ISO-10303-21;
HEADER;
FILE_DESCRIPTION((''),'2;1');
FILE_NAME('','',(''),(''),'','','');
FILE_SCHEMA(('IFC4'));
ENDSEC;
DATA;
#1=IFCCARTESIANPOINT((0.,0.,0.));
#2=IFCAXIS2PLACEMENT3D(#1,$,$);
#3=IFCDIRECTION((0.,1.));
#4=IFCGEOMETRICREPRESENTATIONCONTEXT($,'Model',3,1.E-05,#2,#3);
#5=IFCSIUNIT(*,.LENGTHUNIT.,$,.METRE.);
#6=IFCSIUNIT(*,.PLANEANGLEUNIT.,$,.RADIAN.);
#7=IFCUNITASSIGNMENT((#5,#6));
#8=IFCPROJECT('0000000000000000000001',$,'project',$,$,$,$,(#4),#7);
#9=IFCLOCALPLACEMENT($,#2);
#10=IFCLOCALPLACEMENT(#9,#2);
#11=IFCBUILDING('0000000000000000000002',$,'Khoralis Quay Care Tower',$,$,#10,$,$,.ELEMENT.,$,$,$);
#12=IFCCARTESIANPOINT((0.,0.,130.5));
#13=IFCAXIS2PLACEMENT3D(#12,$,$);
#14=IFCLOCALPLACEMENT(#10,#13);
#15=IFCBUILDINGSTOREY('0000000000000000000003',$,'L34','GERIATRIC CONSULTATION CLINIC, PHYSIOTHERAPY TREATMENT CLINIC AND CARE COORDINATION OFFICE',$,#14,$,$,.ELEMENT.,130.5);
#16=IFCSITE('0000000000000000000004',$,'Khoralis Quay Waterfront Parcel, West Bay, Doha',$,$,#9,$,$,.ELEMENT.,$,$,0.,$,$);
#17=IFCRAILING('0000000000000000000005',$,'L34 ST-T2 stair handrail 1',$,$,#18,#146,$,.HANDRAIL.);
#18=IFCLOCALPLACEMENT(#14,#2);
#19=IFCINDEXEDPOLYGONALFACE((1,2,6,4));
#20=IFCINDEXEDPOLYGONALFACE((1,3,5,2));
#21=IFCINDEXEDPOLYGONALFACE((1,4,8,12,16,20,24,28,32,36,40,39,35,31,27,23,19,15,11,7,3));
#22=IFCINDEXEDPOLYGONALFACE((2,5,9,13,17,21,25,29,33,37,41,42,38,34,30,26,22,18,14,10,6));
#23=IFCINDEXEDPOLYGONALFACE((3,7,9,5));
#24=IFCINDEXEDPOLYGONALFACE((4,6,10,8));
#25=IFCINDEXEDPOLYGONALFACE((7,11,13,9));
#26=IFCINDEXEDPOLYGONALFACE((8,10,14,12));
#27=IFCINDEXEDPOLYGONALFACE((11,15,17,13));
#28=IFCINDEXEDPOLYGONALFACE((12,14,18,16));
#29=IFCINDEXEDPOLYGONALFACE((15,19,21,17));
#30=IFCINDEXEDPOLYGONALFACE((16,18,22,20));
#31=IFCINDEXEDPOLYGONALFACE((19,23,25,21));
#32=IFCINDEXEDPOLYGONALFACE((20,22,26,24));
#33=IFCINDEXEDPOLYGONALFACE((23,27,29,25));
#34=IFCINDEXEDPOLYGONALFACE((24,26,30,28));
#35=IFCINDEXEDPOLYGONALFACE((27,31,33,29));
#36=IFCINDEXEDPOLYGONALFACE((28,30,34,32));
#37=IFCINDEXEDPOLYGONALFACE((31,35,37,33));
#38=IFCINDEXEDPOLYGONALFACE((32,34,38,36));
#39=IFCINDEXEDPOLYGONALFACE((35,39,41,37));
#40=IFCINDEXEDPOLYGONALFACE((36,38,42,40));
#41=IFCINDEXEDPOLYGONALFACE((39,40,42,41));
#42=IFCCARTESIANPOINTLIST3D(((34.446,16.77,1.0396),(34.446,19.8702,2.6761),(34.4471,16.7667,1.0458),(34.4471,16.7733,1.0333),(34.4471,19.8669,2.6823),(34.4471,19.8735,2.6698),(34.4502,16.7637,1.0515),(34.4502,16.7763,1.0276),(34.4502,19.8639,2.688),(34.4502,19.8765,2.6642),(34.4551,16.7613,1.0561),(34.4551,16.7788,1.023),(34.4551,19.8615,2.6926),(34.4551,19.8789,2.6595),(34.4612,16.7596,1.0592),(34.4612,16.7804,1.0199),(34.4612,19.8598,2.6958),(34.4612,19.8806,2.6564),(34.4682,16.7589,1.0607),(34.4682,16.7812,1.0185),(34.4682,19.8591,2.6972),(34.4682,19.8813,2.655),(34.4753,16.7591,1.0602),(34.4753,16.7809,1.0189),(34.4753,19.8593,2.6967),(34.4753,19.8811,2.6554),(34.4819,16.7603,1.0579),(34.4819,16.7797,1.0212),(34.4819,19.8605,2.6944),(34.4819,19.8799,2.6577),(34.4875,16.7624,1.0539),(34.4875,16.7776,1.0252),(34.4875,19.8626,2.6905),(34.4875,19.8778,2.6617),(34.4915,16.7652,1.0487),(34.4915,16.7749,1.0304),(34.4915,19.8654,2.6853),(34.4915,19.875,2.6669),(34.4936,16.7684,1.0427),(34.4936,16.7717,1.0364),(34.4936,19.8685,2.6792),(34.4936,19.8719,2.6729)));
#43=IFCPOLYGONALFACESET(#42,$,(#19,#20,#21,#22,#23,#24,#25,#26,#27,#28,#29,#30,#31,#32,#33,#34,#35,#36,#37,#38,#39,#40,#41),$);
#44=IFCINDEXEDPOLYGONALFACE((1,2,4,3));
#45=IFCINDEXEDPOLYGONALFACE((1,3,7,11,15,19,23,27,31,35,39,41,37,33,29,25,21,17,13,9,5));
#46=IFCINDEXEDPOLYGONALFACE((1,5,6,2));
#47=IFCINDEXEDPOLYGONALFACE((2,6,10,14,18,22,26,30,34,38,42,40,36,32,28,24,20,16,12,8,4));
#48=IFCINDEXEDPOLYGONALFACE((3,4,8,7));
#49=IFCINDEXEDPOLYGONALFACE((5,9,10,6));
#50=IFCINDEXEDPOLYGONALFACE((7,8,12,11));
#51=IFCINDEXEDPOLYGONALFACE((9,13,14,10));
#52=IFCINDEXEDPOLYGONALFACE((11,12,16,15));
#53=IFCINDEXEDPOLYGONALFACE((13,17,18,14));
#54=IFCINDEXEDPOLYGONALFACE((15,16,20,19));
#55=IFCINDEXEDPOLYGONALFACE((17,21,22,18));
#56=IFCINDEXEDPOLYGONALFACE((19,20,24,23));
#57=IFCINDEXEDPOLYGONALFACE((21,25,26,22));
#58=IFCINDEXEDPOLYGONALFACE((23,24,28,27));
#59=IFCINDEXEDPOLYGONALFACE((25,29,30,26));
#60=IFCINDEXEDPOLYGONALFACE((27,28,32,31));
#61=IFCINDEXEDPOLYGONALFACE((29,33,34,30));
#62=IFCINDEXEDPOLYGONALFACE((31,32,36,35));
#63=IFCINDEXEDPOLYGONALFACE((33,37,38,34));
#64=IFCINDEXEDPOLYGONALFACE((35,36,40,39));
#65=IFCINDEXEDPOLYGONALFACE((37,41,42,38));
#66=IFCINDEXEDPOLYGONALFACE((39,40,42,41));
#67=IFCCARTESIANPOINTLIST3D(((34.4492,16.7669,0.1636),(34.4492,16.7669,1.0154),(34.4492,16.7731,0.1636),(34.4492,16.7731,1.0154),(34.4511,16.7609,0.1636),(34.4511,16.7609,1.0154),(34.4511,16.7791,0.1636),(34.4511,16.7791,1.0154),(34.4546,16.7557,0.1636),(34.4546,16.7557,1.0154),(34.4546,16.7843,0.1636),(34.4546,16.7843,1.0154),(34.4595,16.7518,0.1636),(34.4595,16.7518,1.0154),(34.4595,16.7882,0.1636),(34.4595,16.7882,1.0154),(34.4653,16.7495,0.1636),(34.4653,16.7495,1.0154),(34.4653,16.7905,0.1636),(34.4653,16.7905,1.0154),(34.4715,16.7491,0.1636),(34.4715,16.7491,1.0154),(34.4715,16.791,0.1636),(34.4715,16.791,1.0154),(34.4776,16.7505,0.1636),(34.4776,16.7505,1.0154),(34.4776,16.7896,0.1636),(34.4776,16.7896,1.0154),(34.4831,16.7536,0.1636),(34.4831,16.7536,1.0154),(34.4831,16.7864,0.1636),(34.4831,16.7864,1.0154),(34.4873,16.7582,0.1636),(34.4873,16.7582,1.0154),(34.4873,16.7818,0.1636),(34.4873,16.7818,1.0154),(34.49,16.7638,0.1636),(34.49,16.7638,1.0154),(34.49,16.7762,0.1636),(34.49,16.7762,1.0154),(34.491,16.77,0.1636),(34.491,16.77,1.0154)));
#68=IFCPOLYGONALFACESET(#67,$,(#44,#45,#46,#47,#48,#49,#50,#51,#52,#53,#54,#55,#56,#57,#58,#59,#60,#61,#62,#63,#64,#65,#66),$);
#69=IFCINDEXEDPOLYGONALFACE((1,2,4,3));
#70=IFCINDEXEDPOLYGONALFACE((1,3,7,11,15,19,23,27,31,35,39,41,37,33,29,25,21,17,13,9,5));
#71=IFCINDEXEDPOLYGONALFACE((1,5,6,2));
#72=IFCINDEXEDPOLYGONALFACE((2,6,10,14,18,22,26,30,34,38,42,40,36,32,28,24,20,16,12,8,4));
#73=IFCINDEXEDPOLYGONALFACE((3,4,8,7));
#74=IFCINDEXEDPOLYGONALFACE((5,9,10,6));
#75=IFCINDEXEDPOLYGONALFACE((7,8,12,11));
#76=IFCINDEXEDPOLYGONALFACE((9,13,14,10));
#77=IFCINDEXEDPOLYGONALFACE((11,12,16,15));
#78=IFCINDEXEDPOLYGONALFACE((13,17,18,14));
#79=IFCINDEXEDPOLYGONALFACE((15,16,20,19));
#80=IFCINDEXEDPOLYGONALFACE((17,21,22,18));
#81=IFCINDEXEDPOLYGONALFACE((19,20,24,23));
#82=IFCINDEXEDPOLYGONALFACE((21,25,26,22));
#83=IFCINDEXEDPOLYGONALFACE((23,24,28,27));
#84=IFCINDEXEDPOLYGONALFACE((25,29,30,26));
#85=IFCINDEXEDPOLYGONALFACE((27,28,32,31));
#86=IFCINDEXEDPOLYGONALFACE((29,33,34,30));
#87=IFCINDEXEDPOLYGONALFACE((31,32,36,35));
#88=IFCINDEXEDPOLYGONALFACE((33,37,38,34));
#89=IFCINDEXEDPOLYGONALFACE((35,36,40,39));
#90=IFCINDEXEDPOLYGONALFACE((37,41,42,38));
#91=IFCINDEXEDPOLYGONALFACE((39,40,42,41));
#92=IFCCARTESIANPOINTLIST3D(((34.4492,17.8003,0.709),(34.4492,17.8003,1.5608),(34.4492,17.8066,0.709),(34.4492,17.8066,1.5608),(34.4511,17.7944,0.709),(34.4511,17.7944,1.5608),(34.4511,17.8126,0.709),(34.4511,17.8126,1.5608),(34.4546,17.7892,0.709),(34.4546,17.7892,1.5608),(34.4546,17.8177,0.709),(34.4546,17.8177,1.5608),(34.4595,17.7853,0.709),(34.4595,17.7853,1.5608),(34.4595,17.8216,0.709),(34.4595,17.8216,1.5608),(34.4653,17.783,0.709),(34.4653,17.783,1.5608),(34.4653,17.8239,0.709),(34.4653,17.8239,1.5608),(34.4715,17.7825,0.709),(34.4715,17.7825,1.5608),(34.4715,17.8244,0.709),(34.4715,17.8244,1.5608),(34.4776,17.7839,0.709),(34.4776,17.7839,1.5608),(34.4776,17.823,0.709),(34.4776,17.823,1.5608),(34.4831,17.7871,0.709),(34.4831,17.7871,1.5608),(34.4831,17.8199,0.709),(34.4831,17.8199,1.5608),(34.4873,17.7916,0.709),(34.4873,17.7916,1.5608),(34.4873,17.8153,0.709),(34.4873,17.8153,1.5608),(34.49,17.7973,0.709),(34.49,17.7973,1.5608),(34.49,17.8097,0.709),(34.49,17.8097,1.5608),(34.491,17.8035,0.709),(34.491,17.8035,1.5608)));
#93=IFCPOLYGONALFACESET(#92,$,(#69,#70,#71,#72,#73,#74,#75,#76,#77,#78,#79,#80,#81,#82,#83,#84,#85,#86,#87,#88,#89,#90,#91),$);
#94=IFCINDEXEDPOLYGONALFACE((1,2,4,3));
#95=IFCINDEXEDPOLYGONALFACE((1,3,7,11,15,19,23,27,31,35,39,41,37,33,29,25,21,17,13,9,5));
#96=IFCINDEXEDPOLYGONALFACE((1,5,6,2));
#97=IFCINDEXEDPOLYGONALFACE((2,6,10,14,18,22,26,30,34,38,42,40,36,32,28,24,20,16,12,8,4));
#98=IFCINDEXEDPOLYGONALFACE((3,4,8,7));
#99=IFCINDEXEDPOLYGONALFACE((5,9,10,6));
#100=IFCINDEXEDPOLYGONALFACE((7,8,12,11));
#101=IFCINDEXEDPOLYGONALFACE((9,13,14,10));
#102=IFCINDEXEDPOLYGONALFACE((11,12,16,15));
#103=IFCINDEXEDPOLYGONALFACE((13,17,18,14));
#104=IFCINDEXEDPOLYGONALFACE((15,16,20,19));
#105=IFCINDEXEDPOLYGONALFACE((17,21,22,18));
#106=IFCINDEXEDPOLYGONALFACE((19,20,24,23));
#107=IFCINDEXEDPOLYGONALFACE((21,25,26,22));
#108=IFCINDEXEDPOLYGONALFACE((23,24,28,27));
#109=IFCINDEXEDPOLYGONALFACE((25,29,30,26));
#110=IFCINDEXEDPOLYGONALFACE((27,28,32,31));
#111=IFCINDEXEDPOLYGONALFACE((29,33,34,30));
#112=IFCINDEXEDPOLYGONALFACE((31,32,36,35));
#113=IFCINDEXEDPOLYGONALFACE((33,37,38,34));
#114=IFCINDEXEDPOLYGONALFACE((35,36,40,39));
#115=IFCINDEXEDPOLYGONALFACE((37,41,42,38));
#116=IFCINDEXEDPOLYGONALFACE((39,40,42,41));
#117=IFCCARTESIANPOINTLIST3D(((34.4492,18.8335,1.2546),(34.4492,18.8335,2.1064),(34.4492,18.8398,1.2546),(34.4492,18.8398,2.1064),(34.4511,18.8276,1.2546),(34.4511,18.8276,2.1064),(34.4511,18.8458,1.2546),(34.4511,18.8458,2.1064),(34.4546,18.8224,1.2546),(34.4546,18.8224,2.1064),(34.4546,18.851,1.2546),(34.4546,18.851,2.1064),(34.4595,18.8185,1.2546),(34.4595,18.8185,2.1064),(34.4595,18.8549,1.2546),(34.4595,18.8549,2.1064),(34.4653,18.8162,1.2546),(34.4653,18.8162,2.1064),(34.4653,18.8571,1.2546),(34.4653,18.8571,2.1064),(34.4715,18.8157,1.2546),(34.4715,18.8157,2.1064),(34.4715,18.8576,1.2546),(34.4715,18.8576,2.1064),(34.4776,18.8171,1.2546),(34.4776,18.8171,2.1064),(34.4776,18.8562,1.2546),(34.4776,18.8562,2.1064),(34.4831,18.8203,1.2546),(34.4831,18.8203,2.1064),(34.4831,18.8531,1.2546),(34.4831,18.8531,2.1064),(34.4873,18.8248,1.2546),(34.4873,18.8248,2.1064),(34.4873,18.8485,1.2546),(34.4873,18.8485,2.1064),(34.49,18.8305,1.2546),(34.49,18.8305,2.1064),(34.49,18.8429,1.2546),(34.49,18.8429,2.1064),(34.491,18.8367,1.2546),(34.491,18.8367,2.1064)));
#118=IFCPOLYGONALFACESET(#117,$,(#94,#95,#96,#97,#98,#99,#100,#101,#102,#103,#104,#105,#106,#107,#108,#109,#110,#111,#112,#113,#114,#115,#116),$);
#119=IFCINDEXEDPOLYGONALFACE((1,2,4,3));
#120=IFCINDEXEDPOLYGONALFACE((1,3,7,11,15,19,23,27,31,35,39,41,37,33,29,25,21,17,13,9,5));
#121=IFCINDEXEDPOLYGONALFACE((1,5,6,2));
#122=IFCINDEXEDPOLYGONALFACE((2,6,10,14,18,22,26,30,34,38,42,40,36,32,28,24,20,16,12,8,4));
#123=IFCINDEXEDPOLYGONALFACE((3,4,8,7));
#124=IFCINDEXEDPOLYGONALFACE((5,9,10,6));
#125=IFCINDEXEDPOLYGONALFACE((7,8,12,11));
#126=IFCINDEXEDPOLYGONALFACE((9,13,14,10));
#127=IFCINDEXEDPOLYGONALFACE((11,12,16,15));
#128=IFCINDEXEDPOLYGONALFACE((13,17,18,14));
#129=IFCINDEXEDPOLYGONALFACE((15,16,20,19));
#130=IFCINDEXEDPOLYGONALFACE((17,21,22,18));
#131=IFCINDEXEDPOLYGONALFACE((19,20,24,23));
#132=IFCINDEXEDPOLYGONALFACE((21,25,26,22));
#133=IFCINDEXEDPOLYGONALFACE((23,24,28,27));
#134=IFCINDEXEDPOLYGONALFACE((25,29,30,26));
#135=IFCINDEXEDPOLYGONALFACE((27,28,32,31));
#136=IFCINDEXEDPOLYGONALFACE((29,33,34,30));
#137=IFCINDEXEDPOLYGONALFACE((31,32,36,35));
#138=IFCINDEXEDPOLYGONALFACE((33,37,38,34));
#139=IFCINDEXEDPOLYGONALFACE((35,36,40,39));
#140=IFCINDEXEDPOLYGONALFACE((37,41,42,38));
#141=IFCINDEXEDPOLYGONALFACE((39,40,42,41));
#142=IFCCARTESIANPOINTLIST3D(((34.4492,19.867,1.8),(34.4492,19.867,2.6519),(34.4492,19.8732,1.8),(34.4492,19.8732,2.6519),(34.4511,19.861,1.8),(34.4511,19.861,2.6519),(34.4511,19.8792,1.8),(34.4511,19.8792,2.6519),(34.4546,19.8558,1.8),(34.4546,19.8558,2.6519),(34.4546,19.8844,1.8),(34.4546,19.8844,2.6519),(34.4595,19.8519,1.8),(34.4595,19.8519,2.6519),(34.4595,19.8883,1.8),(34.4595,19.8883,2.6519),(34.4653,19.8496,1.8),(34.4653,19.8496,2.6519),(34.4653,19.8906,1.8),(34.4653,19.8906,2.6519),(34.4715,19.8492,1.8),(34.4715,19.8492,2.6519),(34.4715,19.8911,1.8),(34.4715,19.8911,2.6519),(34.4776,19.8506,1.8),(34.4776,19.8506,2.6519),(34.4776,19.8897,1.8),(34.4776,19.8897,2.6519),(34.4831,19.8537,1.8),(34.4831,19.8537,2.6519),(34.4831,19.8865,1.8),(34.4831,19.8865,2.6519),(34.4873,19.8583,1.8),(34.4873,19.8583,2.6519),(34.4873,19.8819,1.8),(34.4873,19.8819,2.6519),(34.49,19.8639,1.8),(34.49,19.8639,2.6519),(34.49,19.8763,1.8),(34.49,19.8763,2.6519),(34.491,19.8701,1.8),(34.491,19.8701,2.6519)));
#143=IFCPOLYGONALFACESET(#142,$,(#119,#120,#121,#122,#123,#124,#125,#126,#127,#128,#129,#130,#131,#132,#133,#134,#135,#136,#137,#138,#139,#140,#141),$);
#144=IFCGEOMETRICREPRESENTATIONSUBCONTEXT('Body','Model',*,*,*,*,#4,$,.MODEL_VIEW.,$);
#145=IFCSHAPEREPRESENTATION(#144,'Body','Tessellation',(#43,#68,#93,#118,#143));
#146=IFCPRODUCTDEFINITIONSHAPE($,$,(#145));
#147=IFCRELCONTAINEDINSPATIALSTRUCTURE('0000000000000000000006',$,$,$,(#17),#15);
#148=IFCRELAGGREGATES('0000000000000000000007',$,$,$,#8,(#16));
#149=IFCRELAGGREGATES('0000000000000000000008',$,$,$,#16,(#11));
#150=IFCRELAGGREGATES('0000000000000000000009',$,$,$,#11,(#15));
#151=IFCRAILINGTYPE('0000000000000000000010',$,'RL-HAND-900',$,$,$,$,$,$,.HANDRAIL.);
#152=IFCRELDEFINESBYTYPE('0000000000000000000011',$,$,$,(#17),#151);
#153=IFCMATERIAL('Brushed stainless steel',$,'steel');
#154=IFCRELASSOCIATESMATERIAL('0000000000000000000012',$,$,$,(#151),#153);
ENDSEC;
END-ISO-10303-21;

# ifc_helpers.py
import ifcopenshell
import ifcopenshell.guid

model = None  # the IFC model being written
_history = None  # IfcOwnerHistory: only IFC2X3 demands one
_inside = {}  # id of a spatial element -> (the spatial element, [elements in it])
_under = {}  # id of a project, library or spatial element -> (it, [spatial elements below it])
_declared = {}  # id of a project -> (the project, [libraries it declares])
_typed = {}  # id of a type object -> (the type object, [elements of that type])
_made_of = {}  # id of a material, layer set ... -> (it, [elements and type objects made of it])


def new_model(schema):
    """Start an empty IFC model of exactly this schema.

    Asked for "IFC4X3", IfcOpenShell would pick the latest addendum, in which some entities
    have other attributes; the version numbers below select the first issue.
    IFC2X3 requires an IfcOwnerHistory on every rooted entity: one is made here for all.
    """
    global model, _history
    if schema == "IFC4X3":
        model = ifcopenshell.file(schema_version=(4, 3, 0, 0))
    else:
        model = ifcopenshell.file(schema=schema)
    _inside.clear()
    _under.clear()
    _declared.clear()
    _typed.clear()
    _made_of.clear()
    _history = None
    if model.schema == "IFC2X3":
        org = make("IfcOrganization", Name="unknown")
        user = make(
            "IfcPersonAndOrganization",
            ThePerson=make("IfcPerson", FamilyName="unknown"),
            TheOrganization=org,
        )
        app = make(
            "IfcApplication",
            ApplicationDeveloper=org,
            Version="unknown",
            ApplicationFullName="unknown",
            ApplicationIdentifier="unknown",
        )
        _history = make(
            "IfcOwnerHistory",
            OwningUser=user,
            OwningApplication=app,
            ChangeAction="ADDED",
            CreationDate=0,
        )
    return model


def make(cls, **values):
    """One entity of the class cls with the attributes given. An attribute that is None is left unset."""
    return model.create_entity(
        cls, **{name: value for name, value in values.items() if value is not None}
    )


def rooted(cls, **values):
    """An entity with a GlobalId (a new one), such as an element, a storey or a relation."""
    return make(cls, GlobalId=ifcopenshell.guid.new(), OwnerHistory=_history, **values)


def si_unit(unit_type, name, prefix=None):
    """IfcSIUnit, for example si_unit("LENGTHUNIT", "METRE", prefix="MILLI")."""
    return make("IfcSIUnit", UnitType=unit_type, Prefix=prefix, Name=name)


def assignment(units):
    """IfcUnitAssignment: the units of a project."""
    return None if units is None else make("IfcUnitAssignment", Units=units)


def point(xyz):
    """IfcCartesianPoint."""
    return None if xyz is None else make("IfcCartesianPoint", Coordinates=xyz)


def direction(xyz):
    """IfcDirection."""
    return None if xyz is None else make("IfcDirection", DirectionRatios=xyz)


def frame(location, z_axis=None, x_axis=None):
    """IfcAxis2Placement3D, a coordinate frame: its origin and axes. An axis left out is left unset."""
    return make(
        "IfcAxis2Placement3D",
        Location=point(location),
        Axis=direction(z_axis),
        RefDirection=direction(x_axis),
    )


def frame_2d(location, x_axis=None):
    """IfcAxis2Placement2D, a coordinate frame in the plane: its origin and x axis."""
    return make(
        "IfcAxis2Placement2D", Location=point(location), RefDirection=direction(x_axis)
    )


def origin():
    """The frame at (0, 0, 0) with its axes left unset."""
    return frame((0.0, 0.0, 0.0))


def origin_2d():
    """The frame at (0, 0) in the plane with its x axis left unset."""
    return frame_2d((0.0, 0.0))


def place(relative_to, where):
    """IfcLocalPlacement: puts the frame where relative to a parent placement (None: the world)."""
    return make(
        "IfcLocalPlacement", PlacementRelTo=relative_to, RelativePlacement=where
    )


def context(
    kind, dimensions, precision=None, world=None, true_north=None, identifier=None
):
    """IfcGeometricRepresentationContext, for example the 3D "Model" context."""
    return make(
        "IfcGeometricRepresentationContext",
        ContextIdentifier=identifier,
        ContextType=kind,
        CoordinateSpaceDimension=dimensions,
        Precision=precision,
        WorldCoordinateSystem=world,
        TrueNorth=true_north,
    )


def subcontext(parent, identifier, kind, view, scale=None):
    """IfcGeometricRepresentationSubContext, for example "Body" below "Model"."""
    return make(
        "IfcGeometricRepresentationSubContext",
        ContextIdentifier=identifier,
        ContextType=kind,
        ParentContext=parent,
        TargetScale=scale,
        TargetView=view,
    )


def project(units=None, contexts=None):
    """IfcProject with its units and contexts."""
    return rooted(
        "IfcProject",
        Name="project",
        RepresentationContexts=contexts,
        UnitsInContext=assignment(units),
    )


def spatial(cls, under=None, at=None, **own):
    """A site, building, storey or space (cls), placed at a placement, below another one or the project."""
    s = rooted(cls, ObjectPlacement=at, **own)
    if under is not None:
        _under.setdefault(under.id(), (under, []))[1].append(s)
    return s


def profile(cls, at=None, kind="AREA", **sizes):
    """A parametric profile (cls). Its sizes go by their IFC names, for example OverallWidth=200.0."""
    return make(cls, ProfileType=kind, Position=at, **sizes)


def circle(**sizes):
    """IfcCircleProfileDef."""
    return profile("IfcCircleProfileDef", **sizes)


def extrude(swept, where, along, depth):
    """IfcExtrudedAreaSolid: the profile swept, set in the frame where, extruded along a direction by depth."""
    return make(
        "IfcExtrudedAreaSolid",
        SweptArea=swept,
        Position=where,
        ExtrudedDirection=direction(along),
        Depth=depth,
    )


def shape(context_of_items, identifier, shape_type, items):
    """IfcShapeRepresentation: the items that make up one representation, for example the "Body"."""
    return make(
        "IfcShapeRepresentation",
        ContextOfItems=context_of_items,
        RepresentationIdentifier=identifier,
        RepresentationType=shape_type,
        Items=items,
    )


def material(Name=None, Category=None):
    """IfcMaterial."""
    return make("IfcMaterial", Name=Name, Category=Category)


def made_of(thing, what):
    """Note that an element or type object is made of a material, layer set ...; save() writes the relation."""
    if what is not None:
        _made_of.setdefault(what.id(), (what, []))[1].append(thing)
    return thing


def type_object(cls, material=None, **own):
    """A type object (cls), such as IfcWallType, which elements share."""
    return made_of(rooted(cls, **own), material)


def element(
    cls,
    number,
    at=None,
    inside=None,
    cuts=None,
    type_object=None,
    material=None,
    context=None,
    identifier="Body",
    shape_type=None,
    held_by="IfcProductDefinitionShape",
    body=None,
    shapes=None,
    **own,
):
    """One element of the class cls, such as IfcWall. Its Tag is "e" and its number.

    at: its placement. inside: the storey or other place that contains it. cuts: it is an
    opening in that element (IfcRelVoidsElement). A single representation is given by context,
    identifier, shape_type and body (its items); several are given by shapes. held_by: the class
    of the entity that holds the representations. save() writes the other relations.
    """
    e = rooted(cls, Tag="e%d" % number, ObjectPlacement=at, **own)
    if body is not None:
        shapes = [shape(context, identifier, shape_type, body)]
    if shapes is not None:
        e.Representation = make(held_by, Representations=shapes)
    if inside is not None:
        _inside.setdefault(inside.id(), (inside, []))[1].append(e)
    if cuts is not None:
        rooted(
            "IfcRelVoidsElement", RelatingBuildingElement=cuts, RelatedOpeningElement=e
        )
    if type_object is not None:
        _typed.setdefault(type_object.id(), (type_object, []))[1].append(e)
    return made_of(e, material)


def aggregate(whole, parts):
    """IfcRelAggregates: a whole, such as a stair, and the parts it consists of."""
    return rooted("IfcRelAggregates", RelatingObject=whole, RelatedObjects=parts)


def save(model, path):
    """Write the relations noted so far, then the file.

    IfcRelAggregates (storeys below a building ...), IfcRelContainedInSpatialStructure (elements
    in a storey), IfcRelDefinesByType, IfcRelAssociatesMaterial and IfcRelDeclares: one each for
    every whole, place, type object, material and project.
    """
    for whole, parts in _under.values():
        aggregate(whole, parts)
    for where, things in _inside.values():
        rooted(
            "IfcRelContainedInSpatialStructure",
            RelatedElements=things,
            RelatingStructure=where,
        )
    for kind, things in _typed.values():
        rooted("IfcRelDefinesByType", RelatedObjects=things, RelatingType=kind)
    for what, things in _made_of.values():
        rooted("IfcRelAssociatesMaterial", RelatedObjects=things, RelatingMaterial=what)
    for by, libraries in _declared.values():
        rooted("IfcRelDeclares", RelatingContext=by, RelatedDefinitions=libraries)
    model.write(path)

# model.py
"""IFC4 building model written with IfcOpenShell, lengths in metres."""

from ifc_helpers import new_model, si_unit, direction, frame, origin, origin_2d, place, context, subcontext, project, spatial, circle, extrude, material, type_object, element, save


model = new_model("IFC4")

# Units and contexts
model_context = context("Model", 3, precision=1e-05, world=origin(), true_north=direction((0.0, 1.0)))
body_context = subcontext(model_context, "Body", "Model", "MODEL_VIEW")
ifc_project = project(units=[si_unit("LENGTHUNIT", "METRE"), si_unit("PLANEANGLEUNIT", "RADIAN")], contexts=[model_context])

# Site, building, storey
site_placement = place(None, origin())
site = spatial("IfcSite", under=ifc_project, at=site_placement, Name="Khoralis Quay Waterfront Parcel, West Bay, Doha", CompositionType="ELEMENT", RefElevation=0.0)
building_placement = place(site_placement, origin())
building = spatial("IfcBuilding", under=site, at=building_placement, Name="Khoralis Quay Care Tower", CompositionType="ELEMENT")
storey_placement = place(building_placement, frame((0.0, 0.0, 130.5)))
storey = spatial("IfcBuildingStorey", under=building, at=storey_placement, Name="L34", Description="GERIATRIC CONSULTATION CLINIC, PHYSIOTHERAPY TREATMENT CLINIC AND CARE COORDINATION OFFICE", CompositionType="ELEMENT", Elevation=130.5)

# Shared definitions
ifc_material_1 = material(Name="Brushed stainless steel", Category="steel")

# Railing
railing_type_1 = type_object("IfcRailingType", Name="RL-HAND-900", PredefinedType="HANDRAIL", material=ifc_material_1)
railing_1_placement = place(storey_placement, frame((34.47, 16.77, 0.1636)))
element("IfcRailing", 1, at=railing_1_placement, inside=storey, type_object=railing_type_1, Name="L34 ST-T2 stair handrail 1", PredefinedType="HANDRAIL", context=body_context, shape_type="SweptSolid", body=[
    extrude(circle(Radius=0.0239, at=origin_2d()), frame((0.0, 0.0, 0.876), z_axis=(0.0, 0.884348, 0.466828), x_axis=(-1.0, 0.0, 0.0)), (0.0, 0.0, 1.0), 3.5056),
    extrude(circle(Radius=0.021, at=origin_2d()), origin(), (0.0, 0.0, 1.0), 0.8518),
    extrude(circle(Radius=0.021, at=origin_2d()), frame((0.0, 1.0334, 0.5454)), (0.0, 0.0, 1.0), 0.8518),
    extrude(circle(Radius=0.021, at=origin_2d()), frame((0.0, 2.0667, 1.0911)), (0.0, 0.0, 1.0), 0.8518),
    extrude(circle(Radius=0.021, at=origin_2d()), frame((0.0, 3.1001, 1.6365)), (0.0, 0.0, 1.0), 0.8518),
])

save(model, "model.ifc")
